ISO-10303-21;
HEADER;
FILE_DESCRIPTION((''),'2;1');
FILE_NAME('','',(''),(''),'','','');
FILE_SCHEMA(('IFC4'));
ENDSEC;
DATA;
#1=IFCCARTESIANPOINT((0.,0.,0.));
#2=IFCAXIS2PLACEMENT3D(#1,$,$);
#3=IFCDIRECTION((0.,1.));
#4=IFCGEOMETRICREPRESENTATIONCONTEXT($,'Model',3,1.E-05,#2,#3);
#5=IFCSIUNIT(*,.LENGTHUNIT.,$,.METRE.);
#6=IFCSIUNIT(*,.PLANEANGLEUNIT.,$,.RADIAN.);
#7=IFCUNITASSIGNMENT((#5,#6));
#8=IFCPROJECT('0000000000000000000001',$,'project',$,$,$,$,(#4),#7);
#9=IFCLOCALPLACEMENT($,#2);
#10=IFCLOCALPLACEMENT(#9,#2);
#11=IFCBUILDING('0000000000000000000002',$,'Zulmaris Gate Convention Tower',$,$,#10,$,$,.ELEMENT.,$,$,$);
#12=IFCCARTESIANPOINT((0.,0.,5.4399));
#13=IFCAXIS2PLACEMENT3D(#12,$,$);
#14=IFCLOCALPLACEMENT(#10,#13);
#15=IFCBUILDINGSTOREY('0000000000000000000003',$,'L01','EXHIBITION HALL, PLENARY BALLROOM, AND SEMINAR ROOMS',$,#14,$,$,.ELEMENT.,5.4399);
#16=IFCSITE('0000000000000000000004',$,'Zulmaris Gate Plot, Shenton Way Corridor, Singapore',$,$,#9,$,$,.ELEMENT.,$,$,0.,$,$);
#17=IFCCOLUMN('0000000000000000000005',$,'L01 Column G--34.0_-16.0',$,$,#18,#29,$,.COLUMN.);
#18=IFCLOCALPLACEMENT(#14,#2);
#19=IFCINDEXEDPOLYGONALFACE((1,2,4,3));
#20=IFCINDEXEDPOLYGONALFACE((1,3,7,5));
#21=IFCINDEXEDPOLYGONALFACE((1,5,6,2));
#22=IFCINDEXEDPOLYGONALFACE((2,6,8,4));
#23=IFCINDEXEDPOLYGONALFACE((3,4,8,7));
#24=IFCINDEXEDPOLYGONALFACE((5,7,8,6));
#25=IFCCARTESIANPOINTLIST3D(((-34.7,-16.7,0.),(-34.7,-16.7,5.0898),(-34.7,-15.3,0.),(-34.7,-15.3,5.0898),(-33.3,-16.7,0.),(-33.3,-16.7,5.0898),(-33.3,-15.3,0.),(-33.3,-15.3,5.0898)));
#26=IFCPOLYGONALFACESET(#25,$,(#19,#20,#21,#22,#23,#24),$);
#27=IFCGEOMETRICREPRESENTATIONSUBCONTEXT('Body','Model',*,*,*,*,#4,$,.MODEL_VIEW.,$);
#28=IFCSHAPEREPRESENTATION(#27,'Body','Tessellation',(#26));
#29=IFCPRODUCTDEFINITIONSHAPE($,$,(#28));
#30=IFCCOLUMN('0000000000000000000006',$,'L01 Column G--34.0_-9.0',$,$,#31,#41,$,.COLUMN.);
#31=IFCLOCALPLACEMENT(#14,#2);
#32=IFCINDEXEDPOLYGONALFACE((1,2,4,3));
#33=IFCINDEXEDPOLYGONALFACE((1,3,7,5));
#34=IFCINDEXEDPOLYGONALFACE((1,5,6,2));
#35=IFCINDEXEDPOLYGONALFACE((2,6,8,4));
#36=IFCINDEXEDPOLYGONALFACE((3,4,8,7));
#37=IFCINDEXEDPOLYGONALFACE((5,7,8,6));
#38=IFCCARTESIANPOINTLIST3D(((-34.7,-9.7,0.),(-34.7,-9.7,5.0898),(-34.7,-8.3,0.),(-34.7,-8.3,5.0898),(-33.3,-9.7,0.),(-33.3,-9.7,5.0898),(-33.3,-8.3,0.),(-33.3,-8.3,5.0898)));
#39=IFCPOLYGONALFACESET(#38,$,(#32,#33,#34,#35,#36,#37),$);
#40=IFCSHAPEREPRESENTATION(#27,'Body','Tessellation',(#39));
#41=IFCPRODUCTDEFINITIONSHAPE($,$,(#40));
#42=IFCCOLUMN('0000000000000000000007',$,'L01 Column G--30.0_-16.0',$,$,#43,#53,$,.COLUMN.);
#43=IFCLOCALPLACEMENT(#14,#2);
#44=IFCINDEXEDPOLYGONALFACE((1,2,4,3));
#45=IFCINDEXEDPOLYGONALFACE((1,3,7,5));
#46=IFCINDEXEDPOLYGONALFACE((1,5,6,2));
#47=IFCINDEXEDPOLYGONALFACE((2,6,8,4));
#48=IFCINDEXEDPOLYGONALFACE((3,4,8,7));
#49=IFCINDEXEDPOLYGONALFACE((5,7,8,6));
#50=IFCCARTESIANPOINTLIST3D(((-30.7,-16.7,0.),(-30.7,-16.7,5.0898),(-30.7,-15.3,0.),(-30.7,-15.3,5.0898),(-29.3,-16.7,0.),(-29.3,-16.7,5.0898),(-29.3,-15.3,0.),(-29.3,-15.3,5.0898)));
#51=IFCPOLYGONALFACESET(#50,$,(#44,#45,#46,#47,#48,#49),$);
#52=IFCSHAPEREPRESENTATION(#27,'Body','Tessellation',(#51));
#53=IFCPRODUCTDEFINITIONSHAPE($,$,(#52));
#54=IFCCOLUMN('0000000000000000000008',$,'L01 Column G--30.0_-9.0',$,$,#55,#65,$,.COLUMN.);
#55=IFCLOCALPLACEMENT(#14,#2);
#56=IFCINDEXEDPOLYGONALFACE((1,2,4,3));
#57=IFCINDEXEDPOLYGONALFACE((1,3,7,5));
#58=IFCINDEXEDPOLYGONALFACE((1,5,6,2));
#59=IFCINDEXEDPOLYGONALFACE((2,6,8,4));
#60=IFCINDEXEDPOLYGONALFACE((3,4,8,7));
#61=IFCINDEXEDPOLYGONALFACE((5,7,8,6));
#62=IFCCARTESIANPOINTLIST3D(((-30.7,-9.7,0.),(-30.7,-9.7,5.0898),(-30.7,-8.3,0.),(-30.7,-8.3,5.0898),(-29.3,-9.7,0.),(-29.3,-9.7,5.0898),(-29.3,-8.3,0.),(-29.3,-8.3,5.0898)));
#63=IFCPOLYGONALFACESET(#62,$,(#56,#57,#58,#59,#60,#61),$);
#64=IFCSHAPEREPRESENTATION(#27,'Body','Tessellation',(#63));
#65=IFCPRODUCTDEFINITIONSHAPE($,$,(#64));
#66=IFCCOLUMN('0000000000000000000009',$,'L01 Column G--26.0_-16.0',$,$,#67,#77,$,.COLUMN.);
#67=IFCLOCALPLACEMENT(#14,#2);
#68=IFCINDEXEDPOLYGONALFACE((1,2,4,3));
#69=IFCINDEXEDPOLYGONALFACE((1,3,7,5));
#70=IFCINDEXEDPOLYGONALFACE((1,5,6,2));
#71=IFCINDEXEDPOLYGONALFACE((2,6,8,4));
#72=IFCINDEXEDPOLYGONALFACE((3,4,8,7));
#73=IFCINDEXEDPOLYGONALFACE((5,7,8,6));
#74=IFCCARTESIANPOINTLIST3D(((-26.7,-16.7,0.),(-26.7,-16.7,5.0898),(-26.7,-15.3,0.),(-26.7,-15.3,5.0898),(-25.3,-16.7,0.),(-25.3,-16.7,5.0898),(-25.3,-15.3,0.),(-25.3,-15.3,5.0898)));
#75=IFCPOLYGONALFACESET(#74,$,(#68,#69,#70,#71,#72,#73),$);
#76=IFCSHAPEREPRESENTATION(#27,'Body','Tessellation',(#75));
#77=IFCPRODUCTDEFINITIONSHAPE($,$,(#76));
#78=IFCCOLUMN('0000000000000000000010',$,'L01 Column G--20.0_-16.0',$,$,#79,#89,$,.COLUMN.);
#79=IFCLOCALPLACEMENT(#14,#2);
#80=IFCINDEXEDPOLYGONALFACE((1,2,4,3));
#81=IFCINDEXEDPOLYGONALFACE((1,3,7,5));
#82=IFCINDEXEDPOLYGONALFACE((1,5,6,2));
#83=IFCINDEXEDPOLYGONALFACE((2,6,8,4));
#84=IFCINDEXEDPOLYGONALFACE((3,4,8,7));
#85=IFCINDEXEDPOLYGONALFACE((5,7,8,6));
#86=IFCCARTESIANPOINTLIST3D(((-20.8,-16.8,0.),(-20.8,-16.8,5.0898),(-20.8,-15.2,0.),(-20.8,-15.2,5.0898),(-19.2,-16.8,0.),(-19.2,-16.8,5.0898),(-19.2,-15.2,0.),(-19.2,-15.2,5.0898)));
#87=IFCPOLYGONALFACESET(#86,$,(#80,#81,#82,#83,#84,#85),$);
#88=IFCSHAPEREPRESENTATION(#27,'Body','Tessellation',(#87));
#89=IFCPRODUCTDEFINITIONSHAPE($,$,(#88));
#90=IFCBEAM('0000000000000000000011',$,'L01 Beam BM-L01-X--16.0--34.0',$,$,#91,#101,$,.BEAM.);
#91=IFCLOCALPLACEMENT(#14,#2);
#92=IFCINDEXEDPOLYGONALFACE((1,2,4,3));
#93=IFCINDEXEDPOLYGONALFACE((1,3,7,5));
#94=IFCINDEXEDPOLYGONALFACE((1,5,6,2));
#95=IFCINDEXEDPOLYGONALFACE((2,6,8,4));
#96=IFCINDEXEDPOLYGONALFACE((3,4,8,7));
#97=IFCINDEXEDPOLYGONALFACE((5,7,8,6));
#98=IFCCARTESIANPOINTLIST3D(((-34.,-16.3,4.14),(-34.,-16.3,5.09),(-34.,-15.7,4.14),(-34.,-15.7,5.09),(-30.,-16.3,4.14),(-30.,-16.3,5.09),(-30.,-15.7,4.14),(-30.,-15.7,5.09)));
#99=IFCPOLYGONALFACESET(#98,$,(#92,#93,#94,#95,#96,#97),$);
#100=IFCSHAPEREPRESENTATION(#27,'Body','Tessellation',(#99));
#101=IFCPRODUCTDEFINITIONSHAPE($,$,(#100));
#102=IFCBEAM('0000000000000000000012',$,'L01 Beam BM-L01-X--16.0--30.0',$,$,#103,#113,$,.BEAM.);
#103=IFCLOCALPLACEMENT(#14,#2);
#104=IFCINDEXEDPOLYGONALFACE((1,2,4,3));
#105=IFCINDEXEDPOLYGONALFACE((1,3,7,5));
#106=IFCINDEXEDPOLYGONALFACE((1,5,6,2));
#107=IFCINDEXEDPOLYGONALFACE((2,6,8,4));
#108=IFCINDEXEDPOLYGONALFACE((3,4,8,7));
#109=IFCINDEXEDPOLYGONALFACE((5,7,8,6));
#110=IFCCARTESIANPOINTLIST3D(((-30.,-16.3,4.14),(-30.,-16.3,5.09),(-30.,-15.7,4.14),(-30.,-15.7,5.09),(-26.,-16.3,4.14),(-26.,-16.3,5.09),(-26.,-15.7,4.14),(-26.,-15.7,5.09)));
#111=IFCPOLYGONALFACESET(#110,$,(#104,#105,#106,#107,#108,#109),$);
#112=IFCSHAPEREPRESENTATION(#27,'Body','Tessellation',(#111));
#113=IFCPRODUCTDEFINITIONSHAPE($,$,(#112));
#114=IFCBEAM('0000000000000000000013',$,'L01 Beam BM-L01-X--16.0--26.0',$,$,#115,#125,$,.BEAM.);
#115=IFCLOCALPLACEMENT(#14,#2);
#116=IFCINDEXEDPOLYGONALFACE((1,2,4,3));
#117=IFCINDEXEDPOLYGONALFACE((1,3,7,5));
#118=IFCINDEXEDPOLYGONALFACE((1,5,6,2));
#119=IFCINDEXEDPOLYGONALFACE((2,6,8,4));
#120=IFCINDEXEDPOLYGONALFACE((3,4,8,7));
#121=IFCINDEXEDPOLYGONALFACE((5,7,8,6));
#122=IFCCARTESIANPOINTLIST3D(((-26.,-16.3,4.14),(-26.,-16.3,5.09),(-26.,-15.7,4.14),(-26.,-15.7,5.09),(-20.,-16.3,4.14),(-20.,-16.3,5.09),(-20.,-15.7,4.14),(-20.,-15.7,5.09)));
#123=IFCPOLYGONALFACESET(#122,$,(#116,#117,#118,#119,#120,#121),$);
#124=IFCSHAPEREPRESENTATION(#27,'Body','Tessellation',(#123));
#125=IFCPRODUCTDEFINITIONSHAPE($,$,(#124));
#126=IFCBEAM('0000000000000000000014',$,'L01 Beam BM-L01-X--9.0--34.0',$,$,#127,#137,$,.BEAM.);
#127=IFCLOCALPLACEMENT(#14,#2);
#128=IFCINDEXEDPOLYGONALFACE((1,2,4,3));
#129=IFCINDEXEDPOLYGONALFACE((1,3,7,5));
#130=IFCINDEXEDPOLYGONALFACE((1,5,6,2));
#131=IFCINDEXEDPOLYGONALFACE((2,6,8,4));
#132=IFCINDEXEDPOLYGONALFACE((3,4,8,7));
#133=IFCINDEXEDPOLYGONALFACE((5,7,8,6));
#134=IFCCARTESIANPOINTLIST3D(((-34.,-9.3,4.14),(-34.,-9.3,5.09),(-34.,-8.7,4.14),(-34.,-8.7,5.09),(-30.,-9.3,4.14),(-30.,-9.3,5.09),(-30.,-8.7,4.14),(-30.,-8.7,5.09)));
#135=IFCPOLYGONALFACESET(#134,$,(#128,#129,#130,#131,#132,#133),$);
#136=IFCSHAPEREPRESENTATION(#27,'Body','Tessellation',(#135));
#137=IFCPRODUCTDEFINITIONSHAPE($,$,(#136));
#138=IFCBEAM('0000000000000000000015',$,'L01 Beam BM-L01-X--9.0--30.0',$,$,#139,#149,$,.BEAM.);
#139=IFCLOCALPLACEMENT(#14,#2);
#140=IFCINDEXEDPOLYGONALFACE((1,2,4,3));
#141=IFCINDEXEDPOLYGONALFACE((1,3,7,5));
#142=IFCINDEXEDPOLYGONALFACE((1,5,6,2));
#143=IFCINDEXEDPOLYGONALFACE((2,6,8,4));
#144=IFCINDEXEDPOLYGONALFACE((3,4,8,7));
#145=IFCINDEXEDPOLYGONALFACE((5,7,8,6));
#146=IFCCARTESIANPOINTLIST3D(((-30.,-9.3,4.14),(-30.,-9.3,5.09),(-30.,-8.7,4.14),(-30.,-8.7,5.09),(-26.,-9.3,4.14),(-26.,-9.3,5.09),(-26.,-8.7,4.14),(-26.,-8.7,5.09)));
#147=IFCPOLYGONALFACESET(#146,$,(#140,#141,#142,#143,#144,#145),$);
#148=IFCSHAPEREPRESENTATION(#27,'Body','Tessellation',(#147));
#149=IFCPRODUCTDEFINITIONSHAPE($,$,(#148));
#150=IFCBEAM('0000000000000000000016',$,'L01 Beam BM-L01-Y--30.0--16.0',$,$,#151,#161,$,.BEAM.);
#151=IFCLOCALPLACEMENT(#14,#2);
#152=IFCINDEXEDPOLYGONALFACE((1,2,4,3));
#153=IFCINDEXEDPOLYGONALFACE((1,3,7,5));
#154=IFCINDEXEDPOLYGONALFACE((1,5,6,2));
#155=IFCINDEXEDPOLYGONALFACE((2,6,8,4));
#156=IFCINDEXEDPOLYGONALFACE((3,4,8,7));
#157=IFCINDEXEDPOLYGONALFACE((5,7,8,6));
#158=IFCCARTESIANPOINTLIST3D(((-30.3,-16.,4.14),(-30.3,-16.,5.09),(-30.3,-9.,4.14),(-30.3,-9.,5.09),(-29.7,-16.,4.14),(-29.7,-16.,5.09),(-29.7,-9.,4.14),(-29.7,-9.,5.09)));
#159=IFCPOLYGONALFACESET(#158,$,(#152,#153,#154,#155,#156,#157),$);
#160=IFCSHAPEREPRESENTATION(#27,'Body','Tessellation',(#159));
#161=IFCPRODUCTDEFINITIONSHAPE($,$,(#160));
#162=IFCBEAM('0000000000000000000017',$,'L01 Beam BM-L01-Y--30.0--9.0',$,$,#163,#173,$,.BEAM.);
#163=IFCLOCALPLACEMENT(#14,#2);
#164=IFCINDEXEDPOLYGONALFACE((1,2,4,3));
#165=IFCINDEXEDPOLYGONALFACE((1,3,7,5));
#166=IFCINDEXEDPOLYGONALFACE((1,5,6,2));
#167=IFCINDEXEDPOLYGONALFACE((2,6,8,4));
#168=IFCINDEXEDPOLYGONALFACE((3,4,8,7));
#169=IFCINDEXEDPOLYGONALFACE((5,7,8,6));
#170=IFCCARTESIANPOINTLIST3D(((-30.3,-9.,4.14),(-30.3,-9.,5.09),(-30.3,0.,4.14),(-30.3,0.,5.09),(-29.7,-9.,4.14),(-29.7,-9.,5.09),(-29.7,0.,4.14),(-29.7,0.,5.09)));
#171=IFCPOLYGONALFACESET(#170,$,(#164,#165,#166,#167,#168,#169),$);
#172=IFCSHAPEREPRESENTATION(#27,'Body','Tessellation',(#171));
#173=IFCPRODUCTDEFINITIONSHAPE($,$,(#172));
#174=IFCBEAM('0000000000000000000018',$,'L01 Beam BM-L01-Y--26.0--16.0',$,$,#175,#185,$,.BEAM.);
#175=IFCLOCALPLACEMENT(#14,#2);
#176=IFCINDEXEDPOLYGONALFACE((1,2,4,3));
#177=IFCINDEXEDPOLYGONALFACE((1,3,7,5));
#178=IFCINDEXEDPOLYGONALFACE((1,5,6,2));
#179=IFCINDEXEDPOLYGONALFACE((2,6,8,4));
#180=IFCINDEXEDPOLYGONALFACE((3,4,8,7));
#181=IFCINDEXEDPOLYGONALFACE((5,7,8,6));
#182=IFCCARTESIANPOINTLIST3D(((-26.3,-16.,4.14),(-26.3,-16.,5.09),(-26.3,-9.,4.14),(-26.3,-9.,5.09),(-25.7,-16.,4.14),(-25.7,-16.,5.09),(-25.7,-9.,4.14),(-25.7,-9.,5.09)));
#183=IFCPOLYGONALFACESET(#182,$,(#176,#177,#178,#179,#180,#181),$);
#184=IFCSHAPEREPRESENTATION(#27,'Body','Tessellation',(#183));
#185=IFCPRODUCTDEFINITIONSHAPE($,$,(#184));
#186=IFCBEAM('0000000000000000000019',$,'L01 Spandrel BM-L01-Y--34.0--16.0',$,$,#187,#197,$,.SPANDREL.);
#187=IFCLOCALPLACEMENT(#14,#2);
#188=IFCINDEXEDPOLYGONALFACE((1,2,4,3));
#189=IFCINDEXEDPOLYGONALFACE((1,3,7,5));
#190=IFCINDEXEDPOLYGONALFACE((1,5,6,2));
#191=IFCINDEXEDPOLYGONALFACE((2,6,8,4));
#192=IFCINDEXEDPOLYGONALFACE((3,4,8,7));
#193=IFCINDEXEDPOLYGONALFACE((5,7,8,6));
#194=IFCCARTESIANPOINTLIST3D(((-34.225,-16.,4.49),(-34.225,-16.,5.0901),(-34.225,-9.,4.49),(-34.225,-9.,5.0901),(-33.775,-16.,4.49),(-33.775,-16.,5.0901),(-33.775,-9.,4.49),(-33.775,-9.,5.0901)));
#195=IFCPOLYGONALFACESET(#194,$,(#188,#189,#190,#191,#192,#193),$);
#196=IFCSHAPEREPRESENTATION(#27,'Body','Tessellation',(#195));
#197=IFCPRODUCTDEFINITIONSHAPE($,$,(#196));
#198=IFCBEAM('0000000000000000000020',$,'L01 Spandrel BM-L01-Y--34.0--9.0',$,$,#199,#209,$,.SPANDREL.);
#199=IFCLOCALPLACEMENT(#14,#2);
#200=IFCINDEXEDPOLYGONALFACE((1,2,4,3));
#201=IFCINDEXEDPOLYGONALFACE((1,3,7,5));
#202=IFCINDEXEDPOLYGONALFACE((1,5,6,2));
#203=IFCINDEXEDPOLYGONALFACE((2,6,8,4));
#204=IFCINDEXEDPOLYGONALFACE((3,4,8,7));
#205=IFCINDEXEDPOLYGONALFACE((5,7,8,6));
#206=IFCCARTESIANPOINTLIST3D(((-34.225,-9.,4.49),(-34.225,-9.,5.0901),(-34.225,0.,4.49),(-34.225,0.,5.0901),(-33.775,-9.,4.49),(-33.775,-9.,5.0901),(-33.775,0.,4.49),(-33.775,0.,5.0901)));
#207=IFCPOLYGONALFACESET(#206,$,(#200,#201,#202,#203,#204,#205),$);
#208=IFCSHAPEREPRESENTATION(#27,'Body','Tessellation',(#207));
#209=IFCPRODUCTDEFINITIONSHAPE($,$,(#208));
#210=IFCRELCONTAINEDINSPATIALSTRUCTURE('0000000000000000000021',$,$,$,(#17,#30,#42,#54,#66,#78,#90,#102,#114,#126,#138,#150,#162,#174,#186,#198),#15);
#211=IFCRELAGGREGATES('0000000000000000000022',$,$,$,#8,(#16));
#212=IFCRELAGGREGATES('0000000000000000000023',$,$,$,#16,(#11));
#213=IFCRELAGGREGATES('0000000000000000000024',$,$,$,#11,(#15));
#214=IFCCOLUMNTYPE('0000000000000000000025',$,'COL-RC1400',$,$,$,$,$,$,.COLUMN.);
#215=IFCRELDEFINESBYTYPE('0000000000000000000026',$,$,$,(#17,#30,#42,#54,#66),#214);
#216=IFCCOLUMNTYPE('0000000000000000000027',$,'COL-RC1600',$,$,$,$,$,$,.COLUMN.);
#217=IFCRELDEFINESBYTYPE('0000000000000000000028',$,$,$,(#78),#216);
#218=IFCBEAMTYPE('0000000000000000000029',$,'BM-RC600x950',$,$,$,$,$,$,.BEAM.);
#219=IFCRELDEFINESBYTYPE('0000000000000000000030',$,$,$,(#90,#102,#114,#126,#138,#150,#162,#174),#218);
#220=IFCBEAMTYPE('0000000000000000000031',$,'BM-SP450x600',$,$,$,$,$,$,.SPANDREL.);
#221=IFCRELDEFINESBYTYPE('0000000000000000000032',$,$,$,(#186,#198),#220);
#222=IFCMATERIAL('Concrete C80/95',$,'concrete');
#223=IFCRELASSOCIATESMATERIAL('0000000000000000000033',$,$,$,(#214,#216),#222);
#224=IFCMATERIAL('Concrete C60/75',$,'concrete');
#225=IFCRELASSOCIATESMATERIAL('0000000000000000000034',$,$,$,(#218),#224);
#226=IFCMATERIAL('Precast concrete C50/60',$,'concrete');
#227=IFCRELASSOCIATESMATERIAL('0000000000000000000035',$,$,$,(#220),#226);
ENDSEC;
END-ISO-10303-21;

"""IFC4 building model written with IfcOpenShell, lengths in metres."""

from ifc_helpers import new_model, si_unit, direction, frame, origin, origin_2d, place, context, subcontext, project, spatial, rectangle, extrude, material, material_profile, profile_set, type_object, element, save


model = new_model("IFC4")

# Units and contexts
model_context = context("Model", 3, precision=1e-05, world=origin(), true_north=direction((0.0, 1.0)))
body_context = subcontext(model_context, "Body", "Model", "MODEL_VIEW")
ifc_project = project(units=[si_unit("LENGTHUNIT", "METRE"), si_unit("PLANEANGLEUNIT", "RADIAN")], contexts=[model_context])

# Site, building, storey
site_placement = place(None, origin())
site = spatial("IfcSite", under=ifc_project, at=site_placement, Name="Zulmaris Gate Plot, Shenton Way Corridor, Singapore", CompositionType="ELEMENT", RefElevation=0.0)
building_placement = place(site_placement, origin())
building = spatial("IfcBuilding", under=site, at=building_placement, Name="Zulmaris Gate Convention Tower", CompositionType="ELEMENT")
storey_placement = place(building_placement, frame((0.0, 0.0, 5.4399)))
storey = spatial("IfcBuildingStorey", under=building, at=storey_placement, Name="L01", Description="EXHIBITION HALL, PLENARY BALLROOM, AND SEMINAR ROOMS", CompositionType="ELEMENT", Elevation=5.4399)

# Columns
ifc_material_1 = material(Name="Concrete C80/95", Category="concrete")
ifc_material_profile_1 = material_profile(ifc_material_1, rectangle(XDim=1.3999, YDim=1.3999, at=origin_2d()), Name="RC COL 1400x1400")
ifc_profile_set_1 = profile_set([ifc_material_profile_1], Name="Concrete C80/95")
column_type_1 = type_object("IfcColumnType", Name="COL-RC1400", PredefinedType="COLUMN", material=ifc_profile_set_1)
for number, where, z_axis, x_axis, name in (
    (1, (-34.0, -16.0, 0.0), (0.0, 0.0, 1.0), (1.0, 0.0, 0.0), "L01 Column G--34.0_-16.0"),
    (2, (-34.0, -9.0, 0.0), (0.0, 0.0, 1.0), (1.0, 0.0, 0.0), "L01 Column G--34.0_-9.0"),
    (3, (-30.0, -16.0, 0.0), (0.0, 0.0, 1.0), (1.0, 0.0, 0.0), "L01 Column G--30.0_-16.0"),
    (4, (-30.0, -9.0, 0.0), (0.0, 0.0, 1.0), (1.0, 0.0, 0.0), "L01 Column G--30.0_-9.0"),
    (5, (-26.0, -16.0, 0.0), (0.0, 0.0, 1.0), (1.0, 0.0, 0.0), "L01 Column G--26.0_-16.0"),
):
    element("IfcColumn", number, at=place(storey_placement, frame(where, z_axis=z_axis, x_axis=x_axis)), inside=storey, type_object=column_type_1, Name=name, PredefinedType="COLUMN", context=body_context, shape_type="SweptSolid", body=[
        extrude(rectangle(XDim=1.3999, YDim=1.3999, at=origin_2d()), origin(), (0.0, 0.0, 1.0), 5.0898),
    ])
ifc_material_profile_2 = material_profile(ifc_material_1, rectangle(XDim=1.6001, YDim=1.6001, at=origin_2d()), Name="RC COL 1600x1600")
ifc_profile_set_2 = profile_set([ifc_material_profile_2], Name="Concrete C80/95")
column_type_2 = type_object("IfcColumnType", Name="COL-RC1600", PredefinedType="COLUMN", material=ifc_profile_set_2)
column_placement = place(storey_placement, frame((-20.0, -16.0, 0.0), z_axis=(0.0, 0.0, 1.0), x_axis=(1.0, 0.0, 0.0)))
element("IfcColumn", 6, at=column_placement, inside=storey, type_object=column_type_2, Name="L01 Column G--20.0_-16.0", PredefinedType="COLUMN", context=body_context, shape_type="SweptSolid", body=[
    extrude(rectangle(XDim=1.6001, YDim=1.6001, at=origin_2d()), origin(), (0.0, 0.0, 1.0), 5.0898),
])

# Beams
ifc_material_2 = material(Name="Concrete C60/75", Category="concrete")
ifc_material_profile_3 = material_profile(ifc_material_2, rectangle(XDim=0.6001, YDim=0.95, at=origin_2d()), Name="RC BEAM 600x950")
ifc_profile_set_3 = profile_set([ifc_material_profile_3], Name="Concrete C60/75")
beam_type_1 = type_object("IfcBeamType", Name="BM-RC600x950", PredefinedType="BEAM", material=ifc_profile_set_3)
for number, where, z_axis, x_axis, name in (
    (7, (-34.0, -16.0, 4.615), (1.0, 0.0, 0.0), (0.0, 1.0, 0.0), "L01 Beam BM-L01-X--16.0--34.0"),
    (8, (-30.0, -16.0, 4.615), (1.0, 0.0, 0.0), (0.0, 1.0, 0.0), "L01 Beam BM-L01-X--16.0--30.0"),
):
    element("IfcBeam", number, at=place(storey_placement, frame(where, z_axis=z_axis, x_axis=x_axis)), inside=storey, type_object=beam_type_1, Name=name, PredefinedType="BEAM", context=body_context, shape_type="SweptSolid", body=[
        extrude(rectangle(XDim=0.6001, YDim=0.95, at=origin_2d()), origin(), (0.0, 0.0, 1.0), 4.0),
    ])
beam_1_placement = place(storey_placement, frame((-26.0, -16.0, 4.615), z_axis=(1.0, 0.0, 0.0), x_axis=(0.0, 1.0, 0.0)))
element("IfcBeam", 9, at=beam_1_placement, inside=storey, type_object=beam_type_1, Name="L01 Beam BM-L01-X--16.0--26.0", PredefinedType="BEAM", context=body_context, shape_type="SweptSolid", body=[
    extrude(rectangle(XDim=0.6001, YDim=0.95, at=origin_2d()), origin(), (0.0, 0.0, 1.0), 6.0),
])
for number, where, z_axis, x_axis, name in (
    (10, (-34.0, -9.0, 4.615), (1.0, 0.0, 0.0), (0.0, 1.0, 0.0), "L01 Beam BM-L01-X--9.0--34.0"),
    (11, (-30.0, -9.0, 4.615), (1.0, 0.0, 0.0), (0.0, 1.0, 0.0), "L01 Beam BM-L01-X--9.0--30.0"),
):
    element("IfcBeam", number, at=place(storey_placement, frame(where, z_axis=z_axis, x_axis=x_axis)), inside=storey, type_object=beam_type_1, Name=name, PredefinedType="BEAM", context=body_context, shape_type="SweptSolid", body=[
        extrude(rectangle(XDim=0.6001, YDim=0.95, at=origin_2d()), origin(), (0.0, 0.0, 1.0), 4.0),
    ])
beam_2_placement = place(storey_placement, frame((-30.0, -16.0, 4.615), z_axis=(0.0, 1.0, 0.0), x_axis=(-1.0, 0.0, 0.0)))
element("IfcBeam", 12, at=beam_2_placement, inside=storey, type_object=beam_type_1, Name="L01 Beam BM-L01-Y--30.0--16.0", PredefinedType="BEAM", context=body_context, shape_type="SweptSolid", body=[
    extrude(rectangle(XDim=0.6001, YDim=0.95, at=origin_2d()), origin(), (0.0, 0.0, 1.0), 7.0),
])
beam_3_placement = place(storey_placement, frame((-30.0, -9.0, 4.615), z_axis=(0.0, 1.0, 0.0), x_axis=(-1.0, 0.0, 0.0)))
element("IfcBeam", 13, at=beam_3_placement, inside=storey, type_object=beam_type_1, Name="L01 Beam BM-L01-Y--30.0--9.0", PredefinedType="BEAM", context=body_context, shape_type="SweptSolid", body=[
    extrude(rectangle(XDim=0.6001, YDim=0.95, at=origin_2d()), origin(), (0.0, 0.0, 1.0), 9.0),
])
beam_4_placement = place(storey_placement, frame((-26.0, -16.0, 4.615), z_axis=(0.0, 1.0, 0.0), x_axis=(-1.0, 0.0, 0.0)))
element("IfcBeam", 14, at=beam_4_placement, inside=storey, type_object=beam_type_1, Name="L01 Beam BM-L01-Y--26.0--16.0", PredefinedType="BEAM", context=body_context, shape_type="SweptSolid", body=[
    extrude(rectangle(XDim=0.6001, YDim=0.95, at=origin_2d()), origin(), (0.0, 0.0, 1.0), 7.0),
])
ifc_material_3 = material(Name="Precast concrete C50/60", Category="concrete")
ifc_material_profile_4 = material_profile(ifc_material_3, rectangle(XDim=0.45, YDim=0.6001, at=origin_2d()), Name="RC SPANDREL 450x600")
ifc_profile_set_4 = profile_set([ifc_material_profile_4], Name="Precast concrete C50/60")
beam_type_2 = type_object("IfcBeamType", Name="BM-SP450x600", PredefinedType="SPANDREL", material=ifc_profile_set_4)
beam_5_placement = place(storey_placement, frame((-34.0, -16.0, 4.79), z_axis=(0.0, 1.0, 0.0), x_axis=(-1.0, 0.0, 0.0)))
element("IfcBeam", 15, at=beam_5_placement, inside=storey, type_object=beam_type_2, Name="L01 Spandrel BM-L01-Y--34.0--16.0", PredefinedType="SPANDREL", context=body_context, shape_type="SweptSolid", body=[
    extrude(rectangle(XDim=0.45, YDim=0.6001, at=origin_2d()), origin(), (0.0, 0.0, 1.0), 7.0),
])
beam_6_placement = place(storey_placement, frame((-34.0, -9.0, 4.79), z_axis=(0.0, 1.0, 0.0), x_axis=(-1.0, 0.0, 0.0)))
element("IfcBeam", 16, at=beam_6_placement, inside=storey, type_object=beam_type_2, Name="L01 Spandrel BM-L01-Y--34.0--9.0", PredefinedType="SPANDREL", context=body_context, shape_type="SweptSolid", body=[
    extrude(rectangle(XDim=0.45, YDim=0.6001, at=origin_2d()), origin(), (0.0, 0.0, 1.0), 9.0),
])

save(model, "model.ifc")
